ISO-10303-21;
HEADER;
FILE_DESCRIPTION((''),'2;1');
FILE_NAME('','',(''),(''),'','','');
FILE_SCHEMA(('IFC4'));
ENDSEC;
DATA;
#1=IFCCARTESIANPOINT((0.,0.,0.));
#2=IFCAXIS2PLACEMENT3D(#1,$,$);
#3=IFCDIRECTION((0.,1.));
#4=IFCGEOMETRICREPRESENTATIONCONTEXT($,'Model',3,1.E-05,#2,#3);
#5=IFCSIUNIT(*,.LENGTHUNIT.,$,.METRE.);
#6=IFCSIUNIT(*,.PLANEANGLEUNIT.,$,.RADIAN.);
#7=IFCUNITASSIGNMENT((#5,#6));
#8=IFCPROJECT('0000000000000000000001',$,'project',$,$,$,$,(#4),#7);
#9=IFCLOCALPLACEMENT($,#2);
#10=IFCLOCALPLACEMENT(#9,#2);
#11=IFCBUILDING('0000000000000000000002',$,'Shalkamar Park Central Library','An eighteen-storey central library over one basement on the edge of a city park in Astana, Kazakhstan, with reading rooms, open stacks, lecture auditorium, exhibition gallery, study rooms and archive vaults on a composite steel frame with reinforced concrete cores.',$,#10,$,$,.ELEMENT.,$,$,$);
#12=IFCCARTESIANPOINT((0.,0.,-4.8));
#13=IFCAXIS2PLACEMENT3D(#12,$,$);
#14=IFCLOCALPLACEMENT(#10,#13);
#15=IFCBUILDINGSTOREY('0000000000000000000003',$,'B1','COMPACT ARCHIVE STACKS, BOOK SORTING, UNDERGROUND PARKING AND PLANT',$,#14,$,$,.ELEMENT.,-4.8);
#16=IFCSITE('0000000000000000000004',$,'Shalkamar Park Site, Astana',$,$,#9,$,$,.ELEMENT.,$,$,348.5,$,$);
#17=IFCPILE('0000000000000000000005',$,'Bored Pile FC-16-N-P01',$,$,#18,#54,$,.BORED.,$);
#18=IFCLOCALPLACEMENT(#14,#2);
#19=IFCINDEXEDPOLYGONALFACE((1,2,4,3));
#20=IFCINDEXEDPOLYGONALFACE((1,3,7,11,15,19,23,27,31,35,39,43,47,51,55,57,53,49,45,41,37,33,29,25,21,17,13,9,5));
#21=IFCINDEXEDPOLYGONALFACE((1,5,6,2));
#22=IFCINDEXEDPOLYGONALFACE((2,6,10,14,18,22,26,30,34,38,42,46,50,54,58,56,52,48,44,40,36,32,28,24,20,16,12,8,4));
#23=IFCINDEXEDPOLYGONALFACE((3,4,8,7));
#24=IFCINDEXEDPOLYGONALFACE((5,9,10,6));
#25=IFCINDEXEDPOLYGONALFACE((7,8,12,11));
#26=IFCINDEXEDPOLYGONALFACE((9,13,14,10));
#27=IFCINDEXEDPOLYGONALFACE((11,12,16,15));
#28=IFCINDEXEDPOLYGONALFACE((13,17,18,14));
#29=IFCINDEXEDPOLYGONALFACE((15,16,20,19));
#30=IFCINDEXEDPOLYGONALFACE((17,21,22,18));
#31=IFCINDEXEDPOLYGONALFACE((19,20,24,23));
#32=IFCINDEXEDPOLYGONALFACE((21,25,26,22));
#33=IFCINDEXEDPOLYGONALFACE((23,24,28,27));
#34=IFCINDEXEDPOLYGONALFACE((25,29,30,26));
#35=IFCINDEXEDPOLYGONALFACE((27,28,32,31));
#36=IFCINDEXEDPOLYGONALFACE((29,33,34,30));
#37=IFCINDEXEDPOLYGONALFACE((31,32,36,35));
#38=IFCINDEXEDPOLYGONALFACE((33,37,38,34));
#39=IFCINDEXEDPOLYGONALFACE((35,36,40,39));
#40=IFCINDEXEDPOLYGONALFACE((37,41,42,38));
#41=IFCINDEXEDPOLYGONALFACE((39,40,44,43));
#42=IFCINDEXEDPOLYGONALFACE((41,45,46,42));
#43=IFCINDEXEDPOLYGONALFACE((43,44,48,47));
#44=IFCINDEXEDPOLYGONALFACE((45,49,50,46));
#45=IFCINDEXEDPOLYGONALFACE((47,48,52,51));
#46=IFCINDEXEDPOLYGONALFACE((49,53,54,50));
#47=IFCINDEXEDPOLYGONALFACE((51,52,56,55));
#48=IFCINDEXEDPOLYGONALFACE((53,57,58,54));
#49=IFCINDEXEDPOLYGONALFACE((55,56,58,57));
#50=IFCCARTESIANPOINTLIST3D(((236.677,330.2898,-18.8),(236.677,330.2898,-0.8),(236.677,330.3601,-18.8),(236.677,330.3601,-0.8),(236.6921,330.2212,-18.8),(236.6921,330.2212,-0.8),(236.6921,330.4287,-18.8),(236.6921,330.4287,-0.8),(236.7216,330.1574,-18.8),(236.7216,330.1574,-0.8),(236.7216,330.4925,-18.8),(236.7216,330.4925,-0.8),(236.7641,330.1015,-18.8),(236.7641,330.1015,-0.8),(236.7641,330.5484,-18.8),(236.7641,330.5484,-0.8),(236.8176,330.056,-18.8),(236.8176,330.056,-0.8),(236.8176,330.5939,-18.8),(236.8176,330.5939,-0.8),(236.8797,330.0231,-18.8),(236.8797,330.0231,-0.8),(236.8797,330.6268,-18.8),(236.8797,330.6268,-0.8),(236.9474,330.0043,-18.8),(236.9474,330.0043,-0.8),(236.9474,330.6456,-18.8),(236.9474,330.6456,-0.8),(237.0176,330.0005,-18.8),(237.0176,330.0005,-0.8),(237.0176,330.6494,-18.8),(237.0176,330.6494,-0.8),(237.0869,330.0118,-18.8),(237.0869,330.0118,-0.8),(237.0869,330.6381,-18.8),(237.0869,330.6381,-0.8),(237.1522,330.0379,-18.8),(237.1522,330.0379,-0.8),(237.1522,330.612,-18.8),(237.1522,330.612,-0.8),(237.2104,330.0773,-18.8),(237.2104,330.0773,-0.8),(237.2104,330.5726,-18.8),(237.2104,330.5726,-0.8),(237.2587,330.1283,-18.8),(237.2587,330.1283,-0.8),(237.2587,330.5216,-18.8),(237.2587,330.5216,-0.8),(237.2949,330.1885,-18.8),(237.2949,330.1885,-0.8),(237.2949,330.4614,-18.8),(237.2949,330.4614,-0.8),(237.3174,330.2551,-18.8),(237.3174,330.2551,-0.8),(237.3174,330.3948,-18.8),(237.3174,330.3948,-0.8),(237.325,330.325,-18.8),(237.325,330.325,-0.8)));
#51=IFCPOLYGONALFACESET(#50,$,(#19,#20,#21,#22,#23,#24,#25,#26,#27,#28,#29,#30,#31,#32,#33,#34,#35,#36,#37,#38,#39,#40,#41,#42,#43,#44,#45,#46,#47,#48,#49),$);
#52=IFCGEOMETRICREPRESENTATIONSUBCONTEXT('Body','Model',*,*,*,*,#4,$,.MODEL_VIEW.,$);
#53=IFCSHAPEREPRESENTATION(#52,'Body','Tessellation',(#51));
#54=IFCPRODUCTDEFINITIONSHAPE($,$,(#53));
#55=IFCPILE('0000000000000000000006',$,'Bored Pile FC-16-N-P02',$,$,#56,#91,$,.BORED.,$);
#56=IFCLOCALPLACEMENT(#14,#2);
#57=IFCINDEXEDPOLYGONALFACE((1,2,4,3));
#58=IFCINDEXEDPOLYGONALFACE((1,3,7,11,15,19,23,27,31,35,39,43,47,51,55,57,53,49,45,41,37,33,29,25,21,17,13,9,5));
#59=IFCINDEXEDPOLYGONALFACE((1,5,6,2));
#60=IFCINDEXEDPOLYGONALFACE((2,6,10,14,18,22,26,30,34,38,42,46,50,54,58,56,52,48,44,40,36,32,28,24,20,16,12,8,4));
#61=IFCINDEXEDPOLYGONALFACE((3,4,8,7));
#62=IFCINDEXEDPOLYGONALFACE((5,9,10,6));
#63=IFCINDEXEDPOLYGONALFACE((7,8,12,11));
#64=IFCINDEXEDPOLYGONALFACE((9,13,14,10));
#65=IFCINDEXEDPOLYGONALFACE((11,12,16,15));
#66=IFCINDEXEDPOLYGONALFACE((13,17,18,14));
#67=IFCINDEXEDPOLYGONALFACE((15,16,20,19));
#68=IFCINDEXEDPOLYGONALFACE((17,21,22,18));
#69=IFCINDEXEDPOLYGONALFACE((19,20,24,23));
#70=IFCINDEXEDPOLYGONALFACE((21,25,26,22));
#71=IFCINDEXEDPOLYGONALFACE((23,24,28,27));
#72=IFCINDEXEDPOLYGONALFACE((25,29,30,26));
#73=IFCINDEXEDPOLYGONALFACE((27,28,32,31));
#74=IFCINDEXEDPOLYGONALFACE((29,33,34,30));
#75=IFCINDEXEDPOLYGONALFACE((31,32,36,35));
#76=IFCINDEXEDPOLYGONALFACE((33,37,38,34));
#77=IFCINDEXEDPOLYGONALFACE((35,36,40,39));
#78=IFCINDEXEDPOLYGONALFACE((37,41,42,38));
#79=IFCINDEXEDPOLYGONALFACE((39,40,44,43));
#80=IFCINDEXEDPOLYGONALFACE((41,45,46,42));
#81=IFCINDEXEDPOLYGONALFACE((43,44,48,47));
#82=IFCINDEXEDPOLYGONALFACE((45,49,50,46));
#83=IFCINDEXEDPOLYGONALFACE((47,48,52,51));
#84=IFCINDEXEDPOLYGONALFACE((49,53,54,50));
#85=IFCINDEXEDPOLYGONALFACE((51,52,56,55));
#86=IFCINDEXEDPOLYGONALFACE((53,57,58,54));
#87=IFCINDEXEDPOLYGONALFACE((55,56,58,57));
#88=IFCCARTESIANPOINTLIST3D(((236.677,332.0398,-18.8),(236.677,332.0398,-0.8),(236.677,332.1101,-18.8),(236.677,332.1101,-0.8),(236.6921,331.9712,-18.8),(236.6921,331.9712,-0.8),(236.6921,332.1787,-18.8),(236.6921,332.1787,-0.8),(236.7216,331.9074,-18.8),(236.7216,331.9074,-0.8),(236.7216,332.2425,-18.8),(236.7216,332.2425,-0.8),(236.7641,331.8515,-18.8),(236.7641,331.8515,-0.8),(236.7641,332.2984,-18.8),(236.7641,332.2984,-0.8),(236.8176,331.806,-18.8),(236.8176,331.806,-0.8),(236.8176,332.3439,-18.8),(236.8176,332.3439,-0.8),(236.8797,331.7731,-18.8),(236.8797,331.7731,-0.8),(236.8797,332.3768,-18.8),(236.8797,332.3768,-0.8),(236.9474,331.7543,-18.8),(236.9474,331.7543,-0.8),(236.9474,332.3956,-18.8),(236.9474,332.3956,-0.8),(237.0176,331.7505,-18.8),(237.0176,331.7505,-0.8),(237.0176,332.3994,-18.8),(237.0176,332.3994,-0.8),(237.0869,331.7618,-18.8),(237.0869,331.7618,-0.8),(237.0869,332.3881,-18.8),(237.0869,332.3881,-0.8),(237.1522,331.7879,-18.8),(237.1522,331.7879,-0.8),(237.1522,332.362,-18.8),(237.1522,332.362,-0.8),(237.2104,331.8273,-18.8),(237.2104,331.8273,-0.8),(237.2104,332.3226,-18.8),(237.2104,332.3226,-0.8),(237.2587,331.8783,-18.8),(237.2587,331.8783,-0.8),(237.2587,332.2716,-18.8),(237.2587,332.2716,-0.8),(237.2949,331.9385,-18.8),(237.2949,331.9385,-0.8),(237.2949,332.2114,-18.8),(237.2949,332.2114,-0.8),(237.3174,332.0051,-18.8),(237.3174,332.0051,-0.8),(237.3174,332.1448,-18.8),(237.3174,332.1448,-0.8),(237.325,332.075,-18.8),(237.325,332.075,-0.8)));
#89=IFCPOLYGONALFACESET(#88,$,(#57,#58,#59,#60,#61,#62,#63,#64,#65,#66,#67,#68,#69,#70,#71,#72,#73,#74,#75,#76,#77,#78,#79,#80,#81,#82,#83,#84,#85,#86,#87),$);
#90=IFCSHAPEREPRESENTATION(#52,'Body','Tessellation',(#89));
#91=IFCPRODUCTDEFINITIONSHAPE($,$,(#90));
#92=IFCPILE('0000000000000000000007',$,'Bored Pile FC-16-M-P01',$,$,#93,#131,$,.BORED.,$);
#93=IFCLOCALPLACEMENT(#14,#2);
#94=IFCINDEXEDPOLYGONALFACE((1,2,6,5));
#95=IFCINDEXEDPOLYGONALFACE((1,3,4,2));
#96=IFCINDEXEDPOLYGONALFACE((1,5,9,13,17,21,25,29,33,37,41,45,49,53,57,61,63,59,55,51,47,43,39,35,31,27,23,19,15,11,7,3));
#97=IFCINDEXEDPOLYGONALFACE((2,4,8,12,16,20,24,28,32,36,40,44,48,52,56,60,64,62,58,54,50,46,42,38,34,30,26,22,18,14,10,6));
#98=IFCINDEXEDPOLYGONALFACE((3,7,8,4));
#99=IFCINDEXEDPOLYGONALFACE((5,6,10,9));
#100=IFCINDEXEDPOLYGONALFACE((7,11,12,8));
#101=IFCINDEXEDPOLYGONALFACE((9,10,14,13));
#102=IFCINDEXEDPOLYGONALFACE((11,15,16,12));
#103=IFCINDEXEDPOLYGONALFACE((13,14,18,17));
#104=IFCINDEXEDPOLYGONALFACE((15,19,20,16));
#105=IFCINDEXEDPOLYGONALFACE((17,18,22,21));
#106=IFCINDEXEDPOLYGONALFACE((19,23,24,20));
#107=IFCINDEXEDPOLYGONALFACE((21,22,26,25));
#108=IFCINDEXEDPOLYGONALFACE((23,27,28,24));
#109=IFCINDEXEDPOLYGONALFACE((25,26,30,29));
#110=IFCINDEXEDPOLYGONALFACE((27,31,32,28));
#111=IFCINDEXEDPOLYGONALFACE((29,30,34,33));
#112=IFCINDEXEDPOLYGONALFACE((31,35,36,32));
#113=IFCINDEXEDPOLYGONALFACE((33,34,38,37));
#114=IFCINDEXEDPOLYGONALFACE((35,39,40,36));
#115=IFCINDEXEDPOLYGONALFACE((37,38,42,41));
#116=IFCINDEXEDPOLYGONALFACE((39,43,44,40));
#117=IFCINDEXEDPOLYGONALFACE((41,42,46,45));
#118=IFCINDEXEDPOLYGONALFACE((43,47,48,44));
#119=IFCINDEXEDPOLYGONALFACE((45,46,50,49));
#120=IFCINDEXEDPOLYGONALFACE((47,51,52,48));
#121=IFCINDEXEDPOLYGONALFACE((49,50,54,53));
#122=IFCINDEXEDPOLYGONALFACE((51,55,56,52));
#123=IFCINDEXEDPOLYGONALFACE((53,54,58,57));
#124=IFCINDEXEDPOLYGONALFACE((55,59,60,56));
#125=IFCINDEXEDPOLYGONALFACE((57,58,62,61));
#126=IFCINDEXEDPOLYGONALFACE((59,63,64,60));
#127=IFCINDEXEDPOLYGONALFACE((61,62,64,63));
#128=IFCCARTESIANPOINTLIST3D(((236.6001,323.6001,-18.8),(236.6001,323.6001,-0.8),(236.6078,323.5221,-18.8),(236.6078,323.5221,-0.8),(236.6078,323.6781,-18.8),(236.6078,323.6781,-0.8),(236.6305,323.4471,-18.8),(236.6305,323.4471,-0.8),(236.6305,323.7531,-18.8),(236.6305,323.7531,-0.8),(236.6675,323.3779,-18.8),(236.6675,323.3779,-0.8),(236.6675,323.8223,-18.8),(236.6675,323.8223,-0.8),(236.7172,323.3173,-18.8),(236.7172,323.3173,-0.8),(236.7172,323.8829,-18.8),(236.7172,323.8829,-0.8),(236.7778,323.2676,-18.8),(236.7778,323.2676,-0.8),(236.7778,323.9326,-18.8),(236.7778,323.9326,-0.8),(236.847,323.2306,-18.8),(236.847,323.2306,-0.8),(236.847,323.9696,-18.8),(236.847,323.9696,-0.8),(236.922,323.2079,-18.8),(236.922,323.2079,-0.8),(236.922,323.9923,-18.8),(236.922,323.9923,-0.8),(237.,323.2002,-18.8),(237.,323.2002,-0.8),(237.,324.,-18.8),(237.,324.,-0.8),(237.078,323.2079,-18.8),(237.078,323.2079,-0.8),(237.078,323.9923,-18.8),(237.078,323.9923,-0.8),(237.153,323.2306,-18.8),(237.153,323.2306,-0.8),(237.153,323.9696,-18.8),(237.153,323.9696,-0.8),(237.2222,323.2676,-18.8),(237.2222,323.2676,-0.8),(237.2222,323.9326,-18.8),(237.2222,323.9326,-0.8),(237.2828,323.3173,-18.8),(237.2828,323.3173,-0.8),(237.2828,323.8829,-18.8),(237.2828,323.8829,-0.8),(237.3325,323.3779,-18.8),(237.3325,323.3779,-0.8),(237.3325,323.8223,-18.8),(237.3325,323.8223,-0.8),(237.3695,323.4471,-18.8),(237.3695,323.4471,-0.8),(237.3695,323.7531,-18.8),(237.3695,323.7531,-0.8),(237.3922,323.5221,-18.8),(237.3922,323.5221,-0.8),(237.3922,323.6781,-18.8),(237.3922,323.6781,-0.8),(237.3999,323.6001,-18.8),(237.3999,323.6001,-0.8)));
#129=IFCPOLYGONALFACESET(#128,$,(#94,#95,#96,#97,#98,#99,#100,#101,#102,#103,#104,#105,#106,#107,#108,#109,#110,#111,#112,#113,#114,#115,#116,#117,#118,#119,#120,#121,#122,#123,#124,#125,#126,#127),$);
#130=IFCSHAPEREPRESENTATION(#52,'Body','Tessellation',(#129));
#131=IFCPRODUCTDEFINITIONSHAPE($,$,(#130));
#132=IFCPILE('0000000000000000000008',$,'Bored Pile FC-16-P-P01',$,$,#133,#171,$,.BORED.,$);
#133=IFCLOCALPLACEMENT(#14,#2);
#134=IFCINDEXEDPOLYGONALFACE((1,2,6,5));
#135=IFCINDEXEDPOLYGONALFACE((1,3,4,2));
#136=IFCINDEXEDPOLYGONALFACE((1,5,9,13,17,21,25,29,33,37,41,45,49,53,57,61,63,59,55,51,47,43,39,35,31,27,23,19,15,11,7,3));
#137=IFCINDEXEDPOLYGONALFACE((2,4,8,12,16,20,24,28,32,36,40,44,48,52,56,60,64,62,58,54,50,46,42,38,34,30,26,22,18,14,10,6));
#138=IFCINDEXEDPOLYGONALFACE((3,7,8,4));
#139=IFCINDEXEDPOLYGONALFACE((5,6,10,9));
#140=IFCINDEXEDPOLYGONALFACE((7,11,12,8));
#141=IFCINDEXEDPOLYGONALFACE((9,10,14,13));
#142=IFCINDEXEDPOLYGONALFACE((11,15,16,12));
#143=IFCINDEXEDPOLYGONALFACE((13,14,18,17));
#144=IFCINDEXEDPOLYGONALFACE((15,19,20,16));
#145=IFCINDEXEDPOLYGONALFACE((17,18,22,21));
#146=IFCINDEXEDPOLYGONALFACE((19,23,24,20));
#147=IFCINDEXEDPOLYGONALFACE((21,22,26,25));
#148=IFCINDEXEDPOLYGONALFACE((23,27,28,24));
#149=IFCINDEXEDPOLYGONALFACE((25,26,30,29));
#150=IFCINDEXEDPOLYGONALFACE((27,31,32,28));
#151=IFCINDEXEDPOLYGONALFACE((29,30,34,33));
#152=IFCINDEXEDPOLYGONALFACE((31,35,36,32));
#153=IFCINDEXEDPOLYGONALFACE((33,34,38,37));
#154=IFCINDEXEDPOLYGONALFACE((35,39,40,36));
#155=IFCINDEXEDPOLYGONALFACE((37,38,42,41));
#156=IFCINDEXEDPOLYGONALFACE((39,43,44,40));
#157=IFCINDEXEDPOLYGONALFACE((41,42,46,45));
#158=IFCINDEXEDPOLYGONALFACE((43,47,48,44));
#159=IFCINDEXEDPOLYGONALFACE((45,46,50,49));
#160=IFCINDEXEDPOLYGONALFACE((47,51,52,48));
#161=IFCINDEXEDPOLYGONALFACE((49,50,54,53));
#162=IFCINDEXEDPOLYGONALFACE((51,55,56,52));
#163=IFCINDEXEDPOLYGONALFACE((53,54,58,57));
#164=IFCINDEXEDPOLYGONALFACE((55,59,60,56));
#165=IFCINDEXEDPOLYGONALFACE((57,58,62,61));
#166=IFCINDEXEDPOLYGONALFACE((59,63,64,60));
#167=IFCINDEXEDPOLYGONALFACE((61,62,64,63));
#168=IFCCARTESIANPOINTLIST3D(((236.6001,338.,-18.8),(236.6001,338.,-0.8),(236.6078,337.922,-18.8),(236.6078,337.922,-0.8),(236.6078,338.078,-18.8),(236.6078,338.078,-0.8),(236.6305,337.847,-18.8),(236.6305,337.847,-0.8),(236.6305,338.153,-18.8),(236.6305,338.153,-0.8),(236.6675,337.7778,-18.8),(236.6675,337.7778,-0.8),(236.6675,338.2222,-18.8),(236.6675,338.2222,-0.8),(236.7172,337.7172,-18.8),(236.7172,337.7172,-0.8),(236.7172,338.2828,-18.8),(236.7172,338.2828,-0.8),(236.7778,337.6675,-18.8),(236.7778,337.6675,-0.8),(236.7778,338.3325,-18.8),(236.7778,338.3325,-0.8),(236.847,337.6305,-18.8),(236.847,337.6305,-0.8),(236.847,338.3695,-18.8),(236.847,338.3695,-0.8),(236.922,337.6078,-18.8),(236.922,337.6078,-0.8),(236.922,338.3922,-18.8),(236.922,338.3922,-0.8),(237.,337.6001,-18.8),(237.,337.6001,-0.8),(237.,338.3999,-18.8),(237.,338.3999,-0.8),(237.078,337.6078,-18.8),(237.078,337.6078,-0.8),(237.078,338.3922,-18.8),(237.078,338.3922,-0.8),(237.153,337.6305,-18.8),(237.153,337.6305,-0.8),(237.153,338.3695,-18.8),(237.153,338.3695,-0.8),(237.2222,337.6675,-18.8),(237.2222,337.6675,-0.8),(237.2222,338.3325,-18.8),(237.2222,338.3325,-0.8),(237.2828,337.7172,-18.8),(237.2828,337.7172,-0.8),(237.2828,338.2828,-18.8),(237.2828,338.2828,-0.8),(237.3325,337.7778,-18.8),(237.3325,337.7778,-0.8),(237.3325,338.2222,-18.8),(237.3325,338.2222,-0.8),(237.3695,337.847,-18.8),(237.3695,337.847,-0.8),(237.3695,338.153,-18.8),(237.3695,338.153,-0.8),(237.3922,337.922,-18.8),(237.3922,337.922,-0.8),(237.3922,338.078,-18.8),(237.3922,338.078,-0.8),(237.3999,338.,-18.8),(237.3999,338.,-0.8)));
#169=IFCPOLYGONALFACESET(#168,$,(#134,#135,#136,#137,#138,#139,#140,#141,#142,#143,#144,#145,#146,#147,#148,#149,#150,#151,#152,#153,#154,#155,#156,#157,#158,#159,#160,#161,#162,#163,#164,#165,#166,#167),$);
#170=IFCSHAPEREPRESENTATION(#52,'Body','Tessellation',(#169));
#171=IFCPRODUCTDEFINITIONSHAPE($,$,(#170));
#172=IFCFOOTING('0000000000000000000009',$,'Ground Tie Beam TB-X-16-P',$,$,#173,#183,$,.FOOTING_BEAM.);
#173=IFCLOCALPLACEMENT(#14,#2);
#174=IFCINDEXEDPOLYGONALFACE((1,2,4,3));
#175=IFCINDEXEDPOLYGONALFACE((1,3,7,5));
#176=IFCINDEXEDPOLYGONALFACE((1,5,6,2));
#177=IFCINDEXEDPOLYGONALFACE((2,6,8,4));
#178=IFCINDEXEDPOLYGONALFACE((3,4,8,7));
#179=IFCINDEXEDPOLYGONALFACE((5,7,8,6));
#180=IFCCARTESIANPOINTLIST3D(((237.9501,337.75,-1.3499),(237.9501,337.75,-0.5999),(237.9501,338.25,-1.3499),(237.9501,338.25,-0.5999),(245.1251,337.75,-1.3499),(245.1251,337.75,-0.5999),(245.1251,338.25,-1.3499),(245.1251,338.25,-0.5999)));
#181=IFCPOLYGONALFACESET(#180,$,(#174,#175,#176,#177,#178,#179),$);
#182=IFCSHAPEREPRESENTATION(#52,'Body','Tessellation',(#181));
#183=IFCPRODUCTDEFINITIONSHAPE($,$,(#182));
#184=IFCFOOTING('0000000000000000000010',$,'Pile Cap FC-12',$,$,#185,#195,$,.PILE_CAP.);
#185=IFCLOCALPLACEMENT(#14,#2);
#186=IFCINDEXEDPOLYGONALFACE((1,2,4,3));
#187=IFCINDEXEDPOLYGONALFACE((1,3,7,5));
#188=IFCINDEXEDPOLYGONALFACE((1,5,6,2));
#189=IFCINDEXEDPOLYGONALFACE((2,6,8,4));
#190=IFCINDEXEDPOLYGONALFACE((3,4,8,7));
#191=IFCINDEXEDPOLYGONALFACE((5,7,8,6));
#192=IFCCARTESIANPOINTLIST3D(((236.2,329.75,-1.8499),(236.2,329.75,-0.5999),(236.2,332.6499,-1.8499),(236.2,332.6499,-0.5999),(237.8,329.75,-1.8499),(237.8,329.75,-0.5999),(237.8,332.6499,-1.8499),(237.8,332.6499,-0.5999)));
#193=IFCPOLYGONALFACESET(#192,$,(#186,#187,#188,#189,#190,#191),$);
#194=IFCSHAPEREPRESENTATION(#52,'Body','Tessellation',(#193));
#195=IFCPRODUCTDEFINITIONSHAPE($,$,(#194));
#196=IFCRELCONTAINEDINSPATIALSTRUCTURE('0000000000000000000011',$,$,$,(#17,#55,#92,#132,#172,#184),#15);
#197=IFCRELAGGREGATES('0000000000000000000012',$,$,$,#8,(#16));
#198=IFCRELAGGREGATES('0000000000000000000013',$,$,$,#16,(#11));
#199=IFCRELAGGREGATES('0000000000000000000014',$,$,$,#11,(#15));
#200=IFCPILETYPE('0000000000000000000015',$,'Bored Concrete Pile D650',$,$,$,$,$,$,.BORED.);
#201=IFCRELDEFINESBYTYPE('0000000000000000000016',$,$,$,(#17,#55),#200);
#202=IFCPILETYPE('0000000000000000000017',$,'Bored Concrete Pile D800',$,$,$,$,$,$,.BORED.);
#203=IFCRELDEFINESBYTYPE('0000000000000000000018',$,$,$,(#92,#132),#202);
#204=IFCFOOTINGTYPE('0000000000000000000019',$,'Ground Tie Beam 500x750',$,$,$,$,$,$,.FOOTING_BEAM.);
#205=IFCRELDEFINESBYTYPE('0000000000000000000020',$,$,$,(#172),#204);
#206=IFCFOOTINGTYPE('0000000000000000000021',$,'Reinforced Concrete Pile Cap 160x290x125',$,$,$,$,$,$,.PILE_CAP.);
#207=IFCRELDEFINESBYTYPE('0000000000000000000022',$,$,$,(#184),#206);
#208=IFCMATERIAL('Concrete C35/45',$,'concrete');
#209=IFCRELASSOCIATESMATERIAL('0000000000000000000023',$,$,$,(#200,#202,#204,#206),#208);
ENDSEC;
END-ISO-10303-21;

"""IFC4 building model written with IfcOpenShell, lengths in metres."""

from ifc_helpers import new_model, si_unit, direction, frame, origin, origin_2d, place, context, subcontext, project, spatial, rectangle, circle, extrude, material, material_profile, profile_set, type_object, element, save


model = new_model("IFC4")

# Units and contexts
model_context = context("Model", 3, precision=1e-05, world=origin(), true_north=direction((0.0, 1.0)))
body_context = subcontext(model_context, "Body", "Model", "MODEL_VIEW")
ifc_project = project(units=[si_unit("LENGTHUNIT", "METRE"), si_unit("PLANEANGLEUNIT", "RADIAN")], contexts=[model_context])

# Site, building, storey
site_placement = place(None, origin())
site = spatial("IfcSite", under=ifc_project, at=site_placement, Name="Shalkamar Park Site, Astana", CompositionType="ELEMENT", RefElevation=348.5)
building_placement = place(site_placement, origin())
building = spatial("IfcBuilding", under=site, at=building_placement, Name="Shalkamar Park Central Library", Description="An eighteen-storey central library over one basement on the edge of a city park in Astana, Kazakhstan, with reading rooms, open stacks, lecture auditorium, exhibition gallery, study rooms and archive vaults on a composite steel frame with reinforced concrete cores.", CompositionType="ELEMENT")
storey_placement = place(building_placement, frame((0.0, 0.0, -4.8)))
storey = spatial("IfcBuildingStorey", under=building, at=storey_placement, Name="B1", Description="COMPACT ARCHIVE STACKS, BOOK SORTING, UNDERGROUND PARKING AND PLANT", CompositionType="ELEMENT", Elevation=-4.8)

# Piles
ifc_material_1 = material(Name="Concrete C35/45", Category="concrete")
ifc_material_profile_1 = material_profile(ifc_material_1, circle(Radius=0.325, at=origin_2d()), Name="PILE D650")
ifc_profile_set_1 = profile_set([ifc_material_profile_1], Name="Concrete C35/45")
pile_type_1 = type_object("IfcPileType", Name="Bored Concrete Pile D650", PredefinedType="BORED", material=ifc_profile_set_1)
for number, where, z_axis, x_axis, name in (
    (1, (237.0, 330.325, -0.8), (0.0, 0.0, -1.0), (1.0, 0.0, 0.0), "Bored Pile FC-16-N-P01"),
    (2, (237.0, 332.075, -0.8), (0.0, 0.0, -1.0), (1.0, 0.0, 0.0), "Bored Pile FC-16-N-P02"),
):
    element("IfcPile", number, at=place(storey_placement, frame(where, z_axis=z_axis, x_axis=x_axis)), inside=storey, type_object=pile_type_1, Name=name, PredefinedType="BORED", context=body_context, shape_type="SweptSolid", body=[
        extrude(circle(Radius=0.325, at=origin_2d()), origin(), (0.0, 0.0, 1.0), 18.0),
    ])
ifc_material_profile_2 = material_profile(ifc_material_1, circle(Radius=0.3999, at=origin_2d()), Name="PILE D800")
ifc_profile_set_2 = profile_set([ifc_material_profile_2], Name="Concrete C35/45")
pile_type_2 = type_object("IfcPileType", Name="Bored Concrete Pile D800", PredefinedType="BORED", material=ifc_profile_set_2)
for number, where, z_axis, x_axis, name in (
    (3, (237.0, 323.6001, -0.8), (0.0, 0.0, -1.0), (1.0, 0.0, 0.0), "Bored Pile FC-16-M-P01"),
    (4, (237.0, 338.0, -0.8), (0.0, 0.0, -1.0), (1.0, 0.0, 0.0), "Bored Pile FC-16-P-P01"),
):
    element("IfcPile", number, at=place(storey_placement, frame(where, z_axis=z_axis, x_axis=x_axis)), inside=storey, type_object=pile_type_2, Name=name, PredefinedType="BORED", context=body_context, shape_type="SweptSolid", body=[
        extrude(circle(Radius=0.3999, at=origin_2d()), origin(), (0.0, 0.0, 1.0), 18.0),
    ])

# Footings
footing_type_1 = type_object("IfcFootingType", Name="Ground Tie Beam 500x750", PredefinedType="FOOTING_BEAM", material=ifc_material_1)
footing_1_placement = place(storey_placement, frame((241.5376, 338.0, -1.3499), z_axis=(0.0, 0.0, 1.0), x_axis=(1.0, 0.0, 0.0)))
element("IfcFooting", 5, at=footing_1_placement, inside=storey, type_object=footing_type_1, Name="Ground Tie Beam TB-X-16-P", PredefinedType="FOOTING_BEAM", context=body_context, shape_type="SweptSolid", body=[
    extrude(rectangle(XDim=7.175, YDim=0.5, at=origin_2d()), origin(), (0.0, 0.0, 1.0), 0.75),
])
footing_type_2 = type_object("IfcFootingType", Name="Reinforced Concrete Pile Cap 160x290x125", PredefinedType="PILE_CAP", material=ifc_material_1)
footing_2_placement = place(storey_placement, frame((237.0, 331.2, -1.8499), z_axis=(0.0, 0.0, 1.0), x_axis=(1.0, 0.0, 0.0)))
element("IfcFooting", 6, at=footing_2_placement, inside=storey, type_object=footing_type_2, Name="Pile Cap FC-12", PredefinedType="PILE_CAP", context=body_context, shape_type="SweptSolid", body=[
    extrude(rectangle(XDim=1.6001, YDim=2.8999, at=origin_2d()), origin(), (0.0, 0.0, 1.0), 1.25),
])

save(model, "model.ifc")
